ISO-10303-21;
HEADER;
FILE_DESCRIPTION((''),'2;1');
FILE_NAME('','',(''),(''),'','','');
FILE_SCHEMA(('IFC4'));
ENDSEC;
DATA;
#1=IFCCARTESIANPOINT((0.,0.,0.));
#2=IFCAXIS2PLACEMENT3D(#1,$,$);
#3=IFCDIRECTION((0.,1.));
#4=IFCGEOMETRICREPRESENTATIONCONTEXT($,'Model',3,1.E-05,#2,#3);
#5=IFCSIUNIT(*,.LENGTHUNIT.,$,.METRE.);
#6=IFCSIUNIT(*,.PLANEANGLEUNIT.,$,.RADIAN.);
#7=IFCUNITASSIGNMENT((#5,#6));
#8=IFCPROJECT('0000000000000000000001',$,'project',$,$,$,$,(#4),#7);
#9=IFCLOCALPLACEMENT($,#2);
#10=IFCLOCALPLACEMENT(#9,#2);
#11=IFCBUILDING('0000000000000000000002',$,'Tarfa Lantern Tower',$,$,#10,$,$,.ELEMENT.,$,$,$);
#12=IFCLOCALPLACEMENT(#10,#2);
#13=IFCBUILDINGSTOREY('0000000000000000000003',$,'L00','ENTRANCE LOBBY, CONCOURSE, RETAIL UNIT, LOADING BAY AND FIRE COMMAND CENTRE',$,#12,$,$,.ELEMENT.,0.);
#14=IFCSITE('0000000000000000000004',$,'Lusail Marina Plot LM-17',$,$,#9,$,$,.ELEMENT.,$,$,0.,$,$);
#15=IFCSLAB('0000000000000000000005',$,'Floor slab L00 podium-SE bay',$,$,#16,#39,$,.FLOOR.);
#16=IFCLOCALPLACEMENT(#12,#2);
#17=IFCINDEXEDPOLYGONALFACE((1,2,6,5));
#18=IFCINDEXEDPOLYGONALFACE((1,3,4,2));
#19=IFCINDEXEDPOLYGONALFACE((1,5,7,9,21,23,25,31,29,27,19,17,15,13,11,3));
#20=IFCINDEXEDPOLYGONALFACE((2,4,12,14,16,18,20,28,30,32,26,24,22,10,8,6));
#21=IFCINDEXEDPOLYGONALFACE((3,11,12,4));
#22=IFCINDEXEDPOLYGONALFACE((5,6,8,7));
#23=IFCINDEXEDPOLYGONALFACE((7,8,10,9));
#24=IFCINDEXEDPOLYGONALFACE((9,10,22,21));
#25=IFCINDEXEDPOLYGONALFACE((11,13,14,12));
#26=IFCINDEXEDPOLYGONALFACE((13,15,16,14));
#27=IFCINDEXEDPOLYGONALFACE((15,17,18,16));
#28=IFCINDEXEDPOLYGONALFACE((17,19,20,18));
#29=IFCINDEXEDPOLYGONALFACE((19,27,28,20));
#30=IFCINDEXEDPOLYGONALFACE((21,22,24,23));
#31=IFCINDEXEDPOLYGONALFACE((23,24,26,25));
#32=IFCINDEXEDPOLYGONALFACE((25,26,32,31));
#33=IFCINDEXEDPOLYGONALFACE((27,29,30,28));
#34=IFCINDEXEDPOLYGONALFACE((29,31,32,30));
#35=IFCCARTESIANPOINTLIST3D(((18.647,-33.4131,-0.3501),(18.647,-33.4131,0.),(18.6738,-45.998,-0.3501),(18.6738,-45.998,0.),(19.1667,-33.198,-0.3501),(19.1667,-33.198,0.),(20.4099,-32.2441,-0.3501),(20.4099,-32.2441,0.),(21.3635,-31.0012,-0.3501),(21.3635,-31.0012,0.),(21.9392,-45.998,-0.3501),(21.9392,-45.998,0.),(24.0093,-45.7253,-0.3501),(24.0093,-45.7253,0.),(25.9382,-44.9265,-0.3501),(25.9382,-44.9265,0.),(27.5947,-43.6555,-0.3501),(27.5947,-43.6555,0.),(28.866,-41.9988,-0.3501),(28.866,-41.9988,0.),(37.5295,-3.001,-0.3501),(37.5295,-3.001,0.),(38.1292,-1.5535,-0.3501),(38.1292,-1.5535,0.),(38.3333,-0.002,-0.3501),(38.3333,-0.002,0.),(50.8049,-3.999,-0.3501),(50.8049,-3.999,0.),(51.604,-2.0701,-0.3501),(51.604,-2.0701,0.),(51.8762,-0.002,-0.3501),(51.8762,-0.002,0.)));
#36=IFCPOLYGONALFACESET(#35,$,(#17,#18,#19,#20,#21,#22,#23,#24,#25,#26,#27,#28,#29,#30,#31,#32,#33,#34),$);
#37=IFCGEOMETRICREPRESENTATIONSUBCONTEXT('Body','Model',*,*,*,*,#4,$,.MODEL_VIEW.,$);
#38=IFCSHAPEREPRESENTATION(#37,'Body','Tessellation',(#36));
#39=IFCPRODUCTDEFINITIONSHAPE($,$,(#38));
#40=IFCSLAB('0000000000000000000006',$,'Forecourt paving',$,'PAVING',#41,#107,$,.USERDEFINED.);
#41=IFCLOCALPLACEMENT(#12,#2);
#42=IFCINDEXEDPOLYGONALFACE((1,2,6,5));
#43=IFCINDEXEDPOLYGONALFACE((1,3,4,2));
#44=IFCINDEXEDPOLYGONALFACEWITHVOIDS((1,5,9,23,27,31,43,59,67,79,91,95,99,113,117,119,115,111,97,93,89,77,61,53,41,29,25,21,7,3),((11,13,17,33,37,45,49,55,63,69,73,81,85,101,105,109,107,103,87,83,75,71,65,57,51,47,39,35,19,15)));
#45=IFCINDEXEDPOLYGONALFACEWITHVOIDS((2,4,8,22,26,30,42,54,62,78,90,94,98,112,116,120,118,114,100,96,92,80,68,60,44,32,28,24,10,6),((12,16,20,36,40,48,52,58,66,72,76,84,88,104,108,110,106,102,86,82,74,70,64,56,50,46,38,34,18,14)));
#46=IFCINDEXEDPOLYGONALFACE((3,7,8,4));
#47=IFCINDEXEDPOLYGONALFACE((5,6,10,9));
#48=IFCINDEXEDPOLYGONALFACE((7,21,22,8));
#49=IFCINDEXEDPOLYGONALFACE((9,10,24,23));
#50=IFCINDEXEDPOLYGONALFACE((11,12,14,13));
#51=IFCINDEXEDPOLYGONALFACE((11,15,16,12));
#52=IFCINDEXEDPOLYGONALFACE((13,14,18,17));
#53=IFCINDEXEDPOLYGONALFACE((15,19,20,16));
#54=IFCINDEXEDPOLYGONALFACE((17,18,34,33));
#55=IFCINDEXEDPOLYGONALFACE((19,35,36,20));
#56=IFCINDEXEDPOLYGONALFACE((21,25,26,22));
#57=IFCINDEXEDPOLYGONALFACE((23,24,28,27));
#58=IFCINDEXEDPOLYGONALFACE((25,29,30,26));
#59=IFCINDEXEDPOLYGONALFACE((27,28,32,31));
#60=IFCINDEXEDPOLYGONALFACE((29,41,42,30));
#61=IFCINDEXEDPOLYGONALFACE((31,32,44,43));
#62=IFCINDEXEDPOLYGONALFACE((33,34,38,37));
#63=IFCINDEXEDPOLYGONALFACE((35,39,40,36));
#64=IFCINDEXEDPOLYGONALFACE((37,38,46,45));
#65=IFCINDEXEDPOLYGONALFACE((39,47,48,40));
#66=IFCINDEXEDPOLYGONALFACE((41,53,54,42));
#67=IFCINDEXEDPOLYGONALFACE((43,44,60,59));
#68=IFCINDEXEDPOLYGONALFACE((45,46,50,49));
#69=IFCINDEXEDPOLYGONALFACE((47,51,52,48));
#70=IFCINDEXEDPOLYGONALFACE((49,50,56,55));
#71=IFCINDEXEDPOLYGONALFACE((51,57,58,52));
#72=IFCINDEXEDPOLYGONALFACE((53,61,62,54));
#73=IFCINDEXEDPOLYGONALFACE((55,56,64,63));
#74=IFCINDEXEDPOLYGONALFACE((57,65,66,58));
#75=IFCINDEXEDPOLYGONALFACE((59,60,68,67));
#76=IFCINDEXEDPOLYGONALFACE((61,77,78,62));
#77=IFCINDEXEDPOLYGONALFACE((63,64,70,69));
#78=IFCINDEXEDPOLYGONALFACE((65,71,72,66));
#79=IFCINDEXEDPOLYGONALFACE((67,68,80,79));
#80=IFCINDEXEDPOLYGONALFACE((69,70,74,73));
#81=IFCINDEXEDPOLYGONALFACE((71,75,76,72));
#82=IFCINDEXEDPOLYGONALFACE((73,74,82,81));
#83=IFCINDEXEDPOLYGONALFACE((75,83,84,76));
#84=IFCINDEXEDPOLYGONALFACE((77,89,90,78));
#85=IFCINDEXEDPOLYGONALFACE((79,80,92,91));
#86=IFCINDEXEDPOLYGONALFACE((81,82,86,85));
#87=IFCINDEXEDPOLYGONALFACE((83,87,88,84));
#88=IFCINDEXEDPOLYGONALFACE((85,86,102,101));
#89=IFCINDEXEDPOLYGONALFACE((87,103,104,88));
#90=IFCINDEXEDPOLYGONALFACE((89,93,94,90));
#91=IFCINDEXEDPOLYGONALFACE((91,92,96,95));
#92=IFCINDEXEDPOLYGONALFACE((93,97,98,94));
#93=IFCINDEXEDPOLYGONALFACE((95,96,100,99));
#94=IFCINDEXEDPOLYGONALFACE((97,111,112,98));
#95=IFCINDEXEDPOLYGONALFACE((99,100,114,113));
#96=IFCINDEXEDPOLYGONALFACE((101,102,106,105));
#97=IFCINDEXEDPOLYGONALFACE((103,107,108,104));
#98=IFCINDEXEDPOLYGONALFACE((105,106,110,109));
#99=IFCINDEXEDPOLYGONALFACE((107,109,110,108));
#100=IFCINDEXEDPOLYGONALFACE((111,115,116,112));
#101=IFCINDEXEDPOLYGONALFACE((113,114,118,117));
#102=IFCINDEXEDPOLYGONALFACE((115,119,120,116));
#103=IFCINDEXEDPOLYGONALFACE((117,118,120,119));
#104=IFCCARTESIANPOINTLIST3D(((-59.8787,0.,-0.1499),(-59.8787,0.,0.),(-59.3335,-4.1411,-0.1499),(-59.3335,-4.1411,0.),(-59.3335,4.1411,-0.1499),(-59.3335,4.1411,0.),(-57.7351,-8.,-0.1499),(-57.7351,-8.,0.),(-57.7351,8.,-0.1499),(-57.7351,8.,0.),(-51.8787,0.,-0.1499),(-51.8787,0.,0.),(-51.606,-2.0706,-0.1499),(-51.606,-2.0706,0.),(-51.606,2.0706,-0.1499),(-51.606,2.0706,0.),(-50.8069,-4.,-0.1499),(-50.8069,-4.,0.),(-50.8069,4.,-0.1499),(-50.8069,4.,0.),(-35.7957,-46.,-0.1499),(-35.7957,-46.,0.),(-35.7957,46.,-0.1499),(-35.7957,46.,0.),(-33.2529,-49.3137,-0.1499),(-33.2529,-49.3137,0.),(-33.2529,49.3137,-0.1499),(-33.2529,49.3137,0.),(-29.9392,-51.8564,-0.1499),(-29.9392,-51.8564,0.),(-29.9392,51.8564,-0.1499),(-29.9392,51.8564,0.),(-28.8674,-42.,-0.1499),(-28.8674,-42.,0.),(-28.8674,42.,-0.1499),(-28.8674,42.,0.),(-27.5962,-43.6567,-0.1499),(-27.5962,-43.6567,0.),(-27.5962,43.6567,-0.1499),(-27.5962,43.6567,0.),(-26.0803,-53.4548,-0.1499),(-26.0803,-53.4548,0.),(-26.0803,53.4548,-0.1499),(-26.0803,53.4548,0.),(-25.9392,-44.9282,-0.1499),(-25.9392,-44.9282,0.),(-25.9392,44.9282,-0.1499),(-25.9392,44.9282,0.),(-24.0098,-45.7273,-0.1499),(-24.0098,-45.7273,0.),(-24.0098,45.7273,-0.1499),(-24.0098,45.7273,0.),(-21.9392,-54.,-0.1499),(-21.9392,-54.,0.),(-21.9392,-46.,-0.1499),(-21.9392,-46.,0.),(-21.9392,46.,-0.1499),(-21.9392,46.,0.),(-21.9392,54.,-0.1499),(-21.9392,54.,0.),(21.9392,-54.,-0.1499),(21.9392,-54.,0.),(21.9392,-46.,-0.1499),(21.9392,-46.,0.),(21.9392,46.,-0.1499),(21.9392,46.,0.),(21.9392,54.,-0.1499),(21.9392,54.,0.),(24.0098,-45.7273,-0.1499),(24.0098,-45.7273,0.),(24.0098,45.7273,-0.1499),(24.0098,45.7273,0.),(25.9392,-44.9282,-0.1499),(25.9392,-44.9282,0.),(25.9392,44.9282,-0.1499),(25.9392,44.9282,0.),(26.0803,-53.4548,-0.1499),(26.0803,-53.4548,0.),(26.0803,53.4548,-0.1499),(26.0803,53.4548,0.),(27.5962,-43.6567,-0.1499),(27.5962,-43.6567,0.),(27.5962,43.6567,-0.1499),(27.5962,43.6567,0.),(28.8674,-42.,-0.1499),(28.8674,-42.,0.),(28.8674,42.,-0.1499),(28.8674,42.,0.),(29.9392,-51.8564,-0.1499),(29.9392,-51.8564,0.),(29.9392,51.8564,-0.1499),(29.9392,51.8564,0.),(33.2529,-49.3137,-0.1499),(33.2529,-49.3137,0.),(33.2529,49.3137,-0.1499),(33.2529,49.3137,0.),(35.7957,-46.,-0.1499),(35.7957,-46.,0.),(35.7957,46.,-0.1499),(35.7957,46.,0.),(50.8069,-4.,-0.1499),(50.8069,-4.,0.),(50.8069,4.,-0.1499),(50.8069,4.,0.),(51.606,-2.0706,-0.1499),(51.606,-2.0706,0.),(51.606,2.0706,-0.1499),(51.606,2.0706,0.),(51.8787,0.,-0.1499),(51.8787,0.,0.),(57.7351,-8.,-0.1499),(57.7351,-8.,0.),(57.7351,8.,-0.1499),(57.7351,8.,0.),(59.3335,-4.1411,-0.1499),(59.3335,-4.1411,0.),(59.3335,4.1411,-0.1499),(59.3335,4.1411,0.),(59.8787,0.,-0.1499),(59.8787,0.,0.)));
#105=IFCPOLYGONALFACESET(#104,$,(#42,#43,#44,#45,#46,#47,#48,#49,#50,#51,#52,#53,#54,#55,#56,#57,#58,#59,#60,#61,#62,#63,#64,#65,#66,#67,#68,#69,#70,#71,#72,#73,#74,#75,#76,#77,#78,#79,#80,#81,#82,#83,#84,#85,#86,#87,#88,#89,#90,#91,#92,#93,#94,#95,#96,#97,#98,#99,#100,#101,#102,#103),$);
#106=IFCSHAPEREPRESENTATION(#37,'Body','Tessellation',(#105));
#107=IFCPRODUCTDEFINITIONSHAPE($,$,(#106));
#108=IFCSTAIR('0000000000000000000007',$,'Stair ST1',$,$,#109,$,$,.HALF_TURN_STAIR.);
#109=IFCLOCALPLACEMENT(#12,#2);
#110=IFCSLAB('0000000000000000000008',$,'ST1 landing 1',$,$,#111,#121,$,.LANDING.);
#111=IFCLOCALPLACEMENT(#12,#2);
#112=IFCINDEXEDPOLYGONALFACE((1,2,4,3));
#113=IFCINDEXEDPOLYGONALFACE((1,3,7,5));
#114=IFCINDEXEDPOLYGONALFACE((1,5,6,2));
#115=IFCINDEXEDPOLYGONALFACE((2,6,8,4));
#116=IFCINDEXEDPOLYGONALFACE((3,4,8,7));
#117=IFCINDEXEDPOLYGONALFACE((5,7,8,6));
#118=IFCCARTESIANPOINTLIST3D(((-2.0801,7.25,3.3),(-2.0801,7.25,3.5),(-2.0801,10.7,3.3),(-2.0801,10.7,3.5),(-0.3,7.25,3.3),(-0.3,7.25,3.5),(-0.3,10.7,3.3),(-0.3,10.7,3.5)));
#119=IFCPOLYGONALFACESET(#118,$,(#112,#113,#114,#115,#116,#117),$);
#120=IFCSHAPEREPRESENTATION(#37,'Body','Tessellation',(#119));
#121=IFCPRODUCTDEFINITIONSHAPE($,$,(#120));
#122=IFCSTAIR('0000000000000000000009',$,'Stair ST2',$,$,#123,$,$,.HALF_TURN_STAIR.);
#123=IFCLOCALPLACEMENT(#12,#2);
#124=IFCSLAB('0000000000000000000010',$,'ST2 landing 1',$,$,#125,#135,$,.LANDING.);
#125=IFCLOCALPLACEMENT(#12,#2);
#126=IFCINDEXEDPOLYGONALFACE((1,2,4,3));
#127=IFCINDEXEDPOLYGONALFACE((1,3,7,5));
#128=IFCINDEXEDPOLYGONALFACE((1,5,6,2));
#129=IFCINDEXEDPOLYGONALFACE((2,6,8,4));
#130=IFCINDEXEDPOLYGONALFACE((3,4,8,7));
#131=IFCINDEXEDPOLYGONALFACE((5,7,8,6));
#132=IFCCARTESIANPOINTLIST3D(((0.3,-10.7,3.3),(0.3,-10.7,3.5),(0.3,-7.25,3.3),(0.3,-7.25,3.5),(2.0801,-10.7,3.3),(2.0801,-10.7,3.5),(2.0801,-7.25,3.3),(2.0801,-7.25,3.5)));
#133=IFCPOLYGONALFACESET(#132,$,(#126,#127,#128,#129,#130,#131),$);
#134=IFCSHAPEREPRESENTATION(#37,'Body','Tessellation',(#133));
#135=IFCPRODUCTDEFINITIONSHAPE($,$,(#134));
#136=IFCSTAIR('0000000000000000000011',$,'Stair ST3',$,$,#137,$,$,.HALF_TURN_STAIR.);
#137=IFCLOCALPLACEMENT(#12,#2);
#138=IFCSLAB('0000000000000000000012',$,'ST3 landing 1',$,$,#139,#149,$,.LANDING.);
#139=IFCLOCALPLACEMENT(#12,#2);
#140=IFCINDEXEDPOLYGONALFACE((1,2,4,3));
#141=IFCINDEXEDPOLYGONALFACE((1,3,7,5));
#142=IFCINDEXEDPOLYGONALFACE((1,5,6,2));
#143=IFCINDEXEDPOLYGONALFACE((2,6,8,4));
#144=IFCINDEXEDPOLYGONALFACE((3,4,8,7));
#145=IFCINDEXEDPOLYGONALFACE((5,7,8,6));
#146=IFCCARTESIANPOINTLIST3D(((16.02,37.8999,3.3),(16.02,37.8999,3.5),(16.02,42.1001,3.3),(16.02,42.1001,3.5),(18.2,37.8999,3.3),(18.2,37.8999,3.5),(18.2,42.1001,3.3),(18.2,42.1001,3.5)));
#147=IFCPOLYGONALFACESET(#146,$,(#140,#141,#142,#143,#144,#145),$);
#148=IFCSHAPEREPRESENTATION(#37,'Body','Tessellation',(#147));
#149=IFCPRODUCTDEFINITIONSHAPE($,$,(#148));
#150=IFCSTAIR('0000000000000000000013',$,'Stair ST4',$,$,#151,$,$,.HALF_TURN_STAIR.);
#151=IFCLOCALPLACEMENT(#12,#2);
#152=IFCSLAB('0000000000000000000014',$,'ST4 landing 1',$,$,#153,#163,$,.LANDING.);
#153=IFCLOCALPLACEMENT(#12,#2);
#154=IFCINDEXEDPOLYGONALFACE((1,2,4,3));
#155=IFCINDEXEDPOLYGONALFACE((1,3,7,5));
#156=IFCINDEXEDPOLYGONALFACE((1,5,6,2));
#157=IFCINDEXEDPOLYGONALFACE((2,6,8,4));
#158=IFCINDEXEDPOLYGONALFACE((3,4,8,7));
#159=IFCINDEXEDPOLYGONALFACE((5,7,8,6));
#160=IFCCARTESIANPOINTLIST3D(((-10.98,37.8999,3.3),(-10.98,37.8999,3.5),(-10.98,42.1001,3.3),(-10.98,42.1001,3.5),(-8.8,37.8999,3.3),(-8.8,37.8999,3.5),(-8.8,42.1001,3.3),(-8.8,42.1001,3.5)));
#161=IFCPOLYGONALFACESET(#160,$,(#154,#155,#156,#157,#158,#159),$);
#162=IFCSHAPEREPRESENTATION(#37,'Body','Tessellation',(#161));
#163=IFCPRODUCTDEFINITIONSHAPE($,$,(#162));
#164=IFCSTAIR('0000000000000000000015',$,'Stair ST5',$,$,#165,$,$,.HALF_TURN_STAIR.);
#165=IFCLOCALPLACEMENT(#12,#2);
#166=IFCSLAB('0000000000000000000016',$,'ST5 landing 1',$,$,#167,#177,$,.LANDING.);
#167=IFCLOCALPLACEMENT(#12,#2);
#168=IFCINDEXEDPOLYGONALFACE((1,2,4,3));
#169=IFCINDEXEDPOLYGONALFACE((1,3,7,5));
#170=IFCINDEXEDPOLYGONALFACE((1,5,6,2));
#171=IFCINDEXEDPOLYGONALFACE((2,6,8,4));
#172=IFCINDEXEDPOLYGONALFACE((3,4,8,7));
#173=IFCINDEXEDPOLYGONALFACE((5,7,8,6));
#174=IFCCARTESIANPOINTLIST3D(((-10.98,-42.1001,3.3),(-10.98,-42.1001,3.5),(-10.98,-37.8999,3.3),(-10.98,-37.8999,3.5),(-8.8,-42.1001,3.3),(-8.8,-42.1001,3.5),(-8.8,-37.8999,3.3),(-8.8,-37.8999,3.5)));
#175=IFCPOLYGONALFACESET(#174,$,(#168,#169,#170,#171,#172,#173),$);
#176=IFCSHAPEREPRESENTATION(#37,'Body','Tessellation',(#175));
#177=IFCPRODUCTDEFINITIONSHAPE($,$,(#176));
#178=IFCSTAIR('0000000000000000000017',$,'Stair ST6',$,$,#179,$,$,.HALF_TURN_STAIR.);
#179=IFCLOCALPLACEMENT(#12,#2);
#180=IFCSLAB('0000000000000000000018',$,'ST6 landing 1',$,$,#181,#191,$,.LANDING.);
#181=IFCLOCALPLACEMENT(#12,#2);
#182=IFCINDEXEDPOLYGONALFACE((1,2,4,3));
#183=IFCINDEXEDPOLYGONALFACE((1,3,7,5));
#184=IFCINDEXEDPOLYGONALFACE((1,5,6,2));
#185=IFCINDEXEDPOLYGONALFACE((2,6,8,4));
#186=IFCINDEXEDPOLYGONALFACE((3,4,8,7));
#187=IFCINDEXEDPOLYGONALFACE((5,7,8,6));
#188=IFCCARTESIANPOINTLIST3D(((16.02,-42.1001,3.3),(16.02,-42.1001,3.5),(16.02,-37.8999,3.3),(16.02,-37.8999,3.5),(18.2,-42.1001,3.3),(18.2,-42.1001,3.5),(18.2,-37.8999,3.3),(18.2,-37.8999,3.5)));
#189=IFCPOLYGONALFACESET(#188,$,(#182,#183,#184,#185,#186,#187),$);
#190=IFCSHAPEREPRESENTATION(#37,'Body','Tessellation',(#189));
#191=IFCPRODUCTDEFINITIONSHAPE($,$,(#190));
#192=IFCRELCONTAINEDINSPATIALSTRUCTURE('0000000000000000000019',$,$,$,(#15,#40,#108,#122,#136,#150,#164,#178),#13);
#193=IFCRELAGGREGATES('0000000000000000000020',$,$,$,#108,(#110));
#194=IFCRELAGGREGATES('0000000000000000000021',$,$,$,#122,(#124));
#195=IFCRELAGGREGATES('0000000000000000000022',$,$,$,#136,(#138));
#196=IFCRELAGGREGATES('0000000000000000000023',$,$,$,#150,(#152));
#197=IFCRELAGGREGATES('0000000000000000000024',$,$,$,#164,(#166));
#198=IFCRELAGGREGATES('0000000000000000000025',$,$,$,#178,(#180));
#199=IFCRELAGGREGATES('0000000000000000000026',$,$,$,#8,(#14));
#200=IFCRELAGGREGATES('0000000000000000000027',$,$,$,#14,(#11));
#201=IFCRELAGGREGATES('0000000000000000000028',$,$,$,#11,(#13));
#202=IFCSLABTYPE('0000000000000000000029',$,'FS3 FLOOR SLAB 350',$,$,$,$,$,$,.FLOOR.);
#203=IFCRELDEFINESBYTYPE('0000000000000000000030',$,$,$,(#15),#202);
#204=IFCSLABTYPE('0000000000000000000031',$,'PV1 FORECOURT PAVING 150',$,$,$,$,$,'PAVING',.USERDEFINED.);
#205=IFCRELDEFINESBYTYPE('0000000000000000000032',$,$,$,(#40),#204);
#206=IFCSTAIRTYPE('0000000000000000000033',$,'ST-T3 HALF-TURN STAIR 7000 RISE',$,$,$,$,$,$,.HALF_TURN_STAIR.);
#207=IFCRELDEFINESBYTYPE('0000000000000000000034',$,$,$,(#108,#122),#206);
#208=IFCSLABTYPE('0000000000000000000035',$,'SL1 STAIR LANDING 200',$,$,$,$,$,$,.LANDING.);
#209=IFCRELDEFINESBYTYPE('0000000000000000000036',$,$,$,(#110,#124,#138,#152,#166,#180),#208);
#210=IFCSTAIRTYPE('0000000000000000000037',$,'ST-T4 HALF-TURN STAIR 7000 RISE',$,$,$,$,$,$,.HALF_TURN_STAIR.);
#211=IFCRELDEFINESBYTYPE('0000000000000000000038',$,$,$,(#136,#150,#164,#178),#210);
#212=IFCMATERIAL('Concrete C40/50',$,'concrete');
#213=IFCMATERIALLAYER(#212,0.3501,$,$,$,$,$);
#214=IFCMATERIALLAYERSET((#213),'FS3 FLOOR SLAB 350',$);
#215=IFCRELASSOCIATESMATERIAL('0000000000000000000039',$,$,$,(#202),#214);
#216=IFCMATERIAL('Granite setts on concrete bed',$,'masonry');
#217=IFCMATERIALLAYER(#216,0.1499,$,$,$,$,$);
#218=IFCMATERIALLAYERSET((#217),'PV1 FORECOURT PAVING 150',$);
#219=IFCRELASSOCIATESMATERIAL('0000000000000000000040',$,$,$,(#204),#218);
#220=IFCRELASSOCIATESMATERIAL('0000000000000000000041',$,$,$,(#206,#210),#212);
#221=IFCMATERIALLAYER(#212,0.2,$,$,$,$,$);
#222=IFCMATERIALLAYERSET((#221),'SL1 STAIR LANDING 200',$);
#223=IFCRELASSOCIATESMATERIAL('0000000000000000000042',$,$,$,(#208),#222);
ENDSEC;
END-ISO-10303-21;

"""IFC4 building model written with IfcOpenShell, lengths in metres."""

from ifc_helpers import new_model, si_unit, direction, frame, origin, place, context, subcontext, project, spatial, polyline, outline, extrude, material, layer, layer_set, type_object, element, aggregate, save


model = new_model("IFC4")

# Units and contexts
model_context = context("Model", 3, precision=1e-05, world=origin(), true_north=direction((0.0, 1.0)))
body_context = subcontext(model_context, "Body", "Model", "MODEL_VIEW")
ifc_project = project(units=[si_unit("LENGTHUNIT", "METRE"), si_unit("PLANEANGLEUNIT", "RADIAN")], contexts=[model_context])

# Site, building, storey
site_placement = place(None, origin())
site = spatial("IfcSite", under=ifc_project, at=site_placement, Name="Lusail Marina Plot LM-17", CompositionType="ELEMENT", RefElevation=0.0)
building_placement = place(site_placement, origin())
building = spatial("IfcBuilding", under=site, at=building_placement, Name="Tarfa Lantern Tower", CompositionType="ELEMENT")
storey_placement = place(building_placement, origin())
storey = spatial("IfcBuildingStorey", under=building, at=storey_placement, Name="L00", Description="ENTRANCE LOBBY, CONCOURSE, RETAIL UNIT, LOADING BAY AND FIRE COMMAND CENTRE", CompositionType="ELEMENT", Elevation=0.0)

# Slabs
ifc_material_1 = material(Name="Concrete C40/50", Category="concrete")
ifc_layer_1 = layer(ifc_material_1, 0.3501)
ifc_layer_set_1 = layer_set([ifc_layer_1], Name="FS3 FLOOR SLAB 350")
slab_type_1 = type_object("IfcSlabType", Name="FS3 FLOOR SLAB 350", PredefinedType="FLOOR", material=ifc_layer_set_1)
slab_1_placement = place(storey_placement, frame((0.0, 0.0, -0.3501)))
element("IfcSlab", 1, at=slab_1_placement, inside=storey, type_object=slab_type_1, Name="Floor slab L00 podium-SE bay", PredefinedType="FLOOR", context=body_context, shape_type="SweptSolid", body=[
    extrude(outline(polyline([(38.3333, -0.002), (38.1292, -1.5535), (37.5295, -3.001), (21.3635, -31.0012), (20.4099, -32.2441), (19.1667, -33.198), (18.647, -33.4131), (18.6738, -45.998), (21.9392, -45.998), (24.0093, -45.7253), (25.9382, -44.9265), (27.5947, -43.6555), (28.866, -41.9988), (50.8049, -3.999), (51.604, -2.0701), (51.8762, -0.002), (38.3333, -0.002)])), origin(), (0.0, 0.0, 1.0), 0.3501),
])
ifc_material_2 = material(Name="Granite setts on concrete bed", Category="masonry")
ifc_layer_2 = layer(ifc_material_2, 0.1499)
ifc_layer_set_2 = layer_set([ifc_layer_2], Name="PV1 FORECOURT PAVING 150")
slab_type_2 = type_object("IfcSlabType", Name="PV1 FORECOURT PAVING 150", ElementType="PAVING", PredefinedType="USERDEFINED", material=ifc_layer_set_2)
slab_2_placement = place(storey_placement, frame((0.0, 0.0, -0.1499)))
element("IfcSlab", 2, at=slab_2_placement, inside=storey, type_object=slab_type_2, Name="Forecourt paving", ObjectType="PAVING", PredefinedType="USERDEFINED", context=body_context, shape_type="SweptSolid", body=[
    extrude(outline(polyline([(57.7351, 8.0), (35.7957, 46.0), (33.2529, 49.3137), (29.9392, 51.8564), (26.0803, 53.4548), (21.9392, 54.0), (-21.9392, 54.0), (-26.0803, 53.4548), (-29.9392, 51.8564), (-33.2529, 49.3137), (-35.7957, 46.0), (-57.7351, 8.0), (-59.3335, 4.1411), (-59.8787, 0.0), (-59.3335, -4.1411), (-57.7351, -8.0), (-35.7957, -46.0), (-33.2529, -49.3137), (-29.9392, -51.8564), (-26.0803, -53.4548), (-21.9392, -54.0), (21.9392, -54.0), (26.0803, -53.4548), (29.9392, -51.8564), (33.2529, -49.3137), (35.7957, -46.0), (57.7351, -8.0), (59.3335, -4.1411), (59.8787, 0.0), (59.3335, 4.1411), (57.7351, 8.0)]), holes=[polyline([(50.8069, 4.0), (28.8674, 42.0), (27.5962, 43.6567), (25.9392, 44.9282), (24.0098, 45.7273), (21.9392, 46.0), (-21.9392, 46.0), (-24.0098, 45.7273), (-25.9392, 44.9282), (-27.5962, 43.6567), (-28.8674, 42.0), (-50.8069, 4.0), (-51.606, 2.0706), (-51.8787, 0.0), (-51.606, -2.0706), (-50.8069, -4.0), (-28.8674, -42.0), (-27.5962, -43.6567), (-25.9392, -44.9282), (-24.0098, -45.7273), (-21.9392, -46.0), (21.9392, -46.0), (24.0098, -45.7273), (25.9392, -44.9282), (27.5962, -43.6567), (28.8674, -42.0), (50.8069, -4.0), (51.606, -2.0706), (51.8787, 0.0), (51.606, 2.0706), (50.8069, 4.0)])]), origin(), (0.0, 0.0, 1.0), 0.1499),
])

# Stairs, slabs
stair_type_1 = type_object("IfcStairType", Name="ST-T3 HALF-TURN STAIR 7000 RISE", PredefinedType="HALF_TURN_STAIR", material=ifc_material_1)
stair_1_placement = place(storey_placement, origin())
stair_1 = element("IfcStair", 3, at=stair_1_placement, inside=storey, type_object=stair_type_1, Name="Stair ST1", PredefinedType="HALF_TURN_STAIR")
ifc_layer_3 = layer(ifc_material_1, 0.2)
ifc_layer_set_3 = layer_set([ifc_layer_3], Name="SL1 STAIR LANDING 200")
slab_type_3 = type_object("IfcSlabType", Name="SL1 STAIR LANDING 200", PredefinedType="LANDING", material=ifc_layer_set_3)
slab_3_placement = place(storey_placement, frame((0.0, 0.0, 3.3)))
slab_3 = element("IfcSlab", 4, at=slab_3_placement, type_object=slab_type_3, Name="ST1 landing 1", PredefinedType="LANDING", context=body_context, shape_type="SweptSolid", body=[
    extrude(outline(polyline([(-2.0801, 7.25), (-0.3, 7.25), (-0.3, 10.7), (-2.0801, 10.7), (-2.0801, 7.25)])), origin(), (0.0, 0.0, 1.0), 0.2),
])
aggregate(stair_1, [slab_3])
stair_2_placement = place(storey_placement, origin())
stair_2 = element("IfcStair", 5, at=stair_2_placement, inside=storey, type_object=stair_type_1, Name="Stair ST2", PredefinedType="HALF_TURN_STAIR")
slab_4_placement = place(storey_placement, frame((0.0, 0.0, 3.3)))
slab_4 = element("IfcSlab", 6, at=slab_4_placement, type_object=slab_type_3, Name="ST2 landing 1", PredefinedType="LANDING", context=body_context, shape_type="SweptSolid", body=[
    extrude(outline(polyline([(2.0801, -7.25), (0.3, -7.25), (0.3, -10.7), (2.0801, -10.7), (2.0801, -7.25)])), origin(), (0.0, 0.0, 1.0), 0.2),
])
aggregate(stair_2, [slab_4])
stair_type_2 = type_object("IfcStairType", Name="ST-T4 HALF-TURN STAIR 7000 RISE", PredefinedType="HALF_TURN_STAIR", material=ifc_material_1)
stair_3_placement = place(storey_placement, origin())
stair_3 = element("IfcStair", 7, at=stair_3_placement, inside=storey, type_object=stair_type_2, Name="Stair ST3", PredefinedType="HALF_TURN_STAIR")
slab_5_placement = place(storey_placement, frame((0.0, 0.0, 3.3)))
slab_5 = element("IfcSlab", 8, at=slab_5_placement, type_object=slab_type_3, Name="ST3 landing 1", PredefinedType="LANDING", context=body_context, shape_type="SweptSolid", body=[
    extrude(outline(polyline([(16.02, 37.8999), (18.2, 37.8999), (18.2, 42.1001), (16.02, 42.1001), (16.02, 37.8999)])), origin(), (0.0, 0.0, 1.0), 0.2),
])
aggregate(stair_3, [slab_5])
stair_4_placement = place(storey_placement, origin())
stair_4 = element("IfcStair", 9, at=stair_4_placement, inside=storey, type_object=stair_type_2, Name="Stair ST4", PredefinedType="HALF_TURN_STAIR")
slab_6_placement = place(storey_placement, frame((0.0, 0.0, 3.3)))
slab_6 = element("IfcSlab", 10, at=slab_6_placement, type_object=slab_type_3, Name="ST4 landing 1", PredefinedType="LANDING", context=body_context, shape_type="SweptSolid", body=[
    extrude(outline(polyline([(-10.98, 37.8999), (-8.8, 37.8999), (-8.8, 42.1001), (-10.98, 42.1001), (-10.98, 37.8999)])), origin(), (0.0, 0.0, 1.0), 0.2),
])
aggregate(stair_4, [slab_6])
stair_5_placement = place(storey_placement, origin())
stair_5 = element("IfcStair", 11, at=stair_5_placement, inside=storey, type_object=stair_type_2, Name="Stair ST5", PredefinedType="HALF_TURN_STAIR")
slab_7_placement = place(storey_placement, frame((0.0, 0.0, 3.3)))
slab_7 = element("IfcSlab", 12, at=slab_7_placement, type_object=slab_type_3, Name="ST5 landing 1", PredefinedType="LANDING", context=body_context, shape_type="SweptSolid", body=[
    extrude(outline(polyline([(-10.98, -42.1001), (-8.8, -42.1001), (-8.8, -37.8999), (-10.98, -37.8999), (-10.98, -42.1001)])), origin(), (0.0, 0.0, 1.0), 0.2),
])
aggregate(stair_5, [slab_7])
stair_6_placement = place(storey_placement, origin())
stair_6 = element("IfcStair", 13, at=stair_6_placement, inside=storey, type_object=stair_type_2, Name="Stair ST6", PredefinedType="HALF_TURN_STAIR")
slab_8_placement = place(storey_placement, frame((0.0, 0.0, 3.3)))
slab_8 = element("IfcSlab", 14, at=slab_8_placement, type_object=slab_type_3, Name="ST6 landing 1", PredefinedType="LANDING", context=body_context, shape_type="SweptSolid", body=[
    extrude(outline(polyline([(16.02, -42.1001), (18.2, -42.1001), (18.2, -37.8999), (16.02, -37.8999), (16.02, -42.1001)])), origin(), (0.0, 0.0, 1.0), 0.2),
])
aggregate(stair_6, [slab_8])

save(model, "model.ifc")
